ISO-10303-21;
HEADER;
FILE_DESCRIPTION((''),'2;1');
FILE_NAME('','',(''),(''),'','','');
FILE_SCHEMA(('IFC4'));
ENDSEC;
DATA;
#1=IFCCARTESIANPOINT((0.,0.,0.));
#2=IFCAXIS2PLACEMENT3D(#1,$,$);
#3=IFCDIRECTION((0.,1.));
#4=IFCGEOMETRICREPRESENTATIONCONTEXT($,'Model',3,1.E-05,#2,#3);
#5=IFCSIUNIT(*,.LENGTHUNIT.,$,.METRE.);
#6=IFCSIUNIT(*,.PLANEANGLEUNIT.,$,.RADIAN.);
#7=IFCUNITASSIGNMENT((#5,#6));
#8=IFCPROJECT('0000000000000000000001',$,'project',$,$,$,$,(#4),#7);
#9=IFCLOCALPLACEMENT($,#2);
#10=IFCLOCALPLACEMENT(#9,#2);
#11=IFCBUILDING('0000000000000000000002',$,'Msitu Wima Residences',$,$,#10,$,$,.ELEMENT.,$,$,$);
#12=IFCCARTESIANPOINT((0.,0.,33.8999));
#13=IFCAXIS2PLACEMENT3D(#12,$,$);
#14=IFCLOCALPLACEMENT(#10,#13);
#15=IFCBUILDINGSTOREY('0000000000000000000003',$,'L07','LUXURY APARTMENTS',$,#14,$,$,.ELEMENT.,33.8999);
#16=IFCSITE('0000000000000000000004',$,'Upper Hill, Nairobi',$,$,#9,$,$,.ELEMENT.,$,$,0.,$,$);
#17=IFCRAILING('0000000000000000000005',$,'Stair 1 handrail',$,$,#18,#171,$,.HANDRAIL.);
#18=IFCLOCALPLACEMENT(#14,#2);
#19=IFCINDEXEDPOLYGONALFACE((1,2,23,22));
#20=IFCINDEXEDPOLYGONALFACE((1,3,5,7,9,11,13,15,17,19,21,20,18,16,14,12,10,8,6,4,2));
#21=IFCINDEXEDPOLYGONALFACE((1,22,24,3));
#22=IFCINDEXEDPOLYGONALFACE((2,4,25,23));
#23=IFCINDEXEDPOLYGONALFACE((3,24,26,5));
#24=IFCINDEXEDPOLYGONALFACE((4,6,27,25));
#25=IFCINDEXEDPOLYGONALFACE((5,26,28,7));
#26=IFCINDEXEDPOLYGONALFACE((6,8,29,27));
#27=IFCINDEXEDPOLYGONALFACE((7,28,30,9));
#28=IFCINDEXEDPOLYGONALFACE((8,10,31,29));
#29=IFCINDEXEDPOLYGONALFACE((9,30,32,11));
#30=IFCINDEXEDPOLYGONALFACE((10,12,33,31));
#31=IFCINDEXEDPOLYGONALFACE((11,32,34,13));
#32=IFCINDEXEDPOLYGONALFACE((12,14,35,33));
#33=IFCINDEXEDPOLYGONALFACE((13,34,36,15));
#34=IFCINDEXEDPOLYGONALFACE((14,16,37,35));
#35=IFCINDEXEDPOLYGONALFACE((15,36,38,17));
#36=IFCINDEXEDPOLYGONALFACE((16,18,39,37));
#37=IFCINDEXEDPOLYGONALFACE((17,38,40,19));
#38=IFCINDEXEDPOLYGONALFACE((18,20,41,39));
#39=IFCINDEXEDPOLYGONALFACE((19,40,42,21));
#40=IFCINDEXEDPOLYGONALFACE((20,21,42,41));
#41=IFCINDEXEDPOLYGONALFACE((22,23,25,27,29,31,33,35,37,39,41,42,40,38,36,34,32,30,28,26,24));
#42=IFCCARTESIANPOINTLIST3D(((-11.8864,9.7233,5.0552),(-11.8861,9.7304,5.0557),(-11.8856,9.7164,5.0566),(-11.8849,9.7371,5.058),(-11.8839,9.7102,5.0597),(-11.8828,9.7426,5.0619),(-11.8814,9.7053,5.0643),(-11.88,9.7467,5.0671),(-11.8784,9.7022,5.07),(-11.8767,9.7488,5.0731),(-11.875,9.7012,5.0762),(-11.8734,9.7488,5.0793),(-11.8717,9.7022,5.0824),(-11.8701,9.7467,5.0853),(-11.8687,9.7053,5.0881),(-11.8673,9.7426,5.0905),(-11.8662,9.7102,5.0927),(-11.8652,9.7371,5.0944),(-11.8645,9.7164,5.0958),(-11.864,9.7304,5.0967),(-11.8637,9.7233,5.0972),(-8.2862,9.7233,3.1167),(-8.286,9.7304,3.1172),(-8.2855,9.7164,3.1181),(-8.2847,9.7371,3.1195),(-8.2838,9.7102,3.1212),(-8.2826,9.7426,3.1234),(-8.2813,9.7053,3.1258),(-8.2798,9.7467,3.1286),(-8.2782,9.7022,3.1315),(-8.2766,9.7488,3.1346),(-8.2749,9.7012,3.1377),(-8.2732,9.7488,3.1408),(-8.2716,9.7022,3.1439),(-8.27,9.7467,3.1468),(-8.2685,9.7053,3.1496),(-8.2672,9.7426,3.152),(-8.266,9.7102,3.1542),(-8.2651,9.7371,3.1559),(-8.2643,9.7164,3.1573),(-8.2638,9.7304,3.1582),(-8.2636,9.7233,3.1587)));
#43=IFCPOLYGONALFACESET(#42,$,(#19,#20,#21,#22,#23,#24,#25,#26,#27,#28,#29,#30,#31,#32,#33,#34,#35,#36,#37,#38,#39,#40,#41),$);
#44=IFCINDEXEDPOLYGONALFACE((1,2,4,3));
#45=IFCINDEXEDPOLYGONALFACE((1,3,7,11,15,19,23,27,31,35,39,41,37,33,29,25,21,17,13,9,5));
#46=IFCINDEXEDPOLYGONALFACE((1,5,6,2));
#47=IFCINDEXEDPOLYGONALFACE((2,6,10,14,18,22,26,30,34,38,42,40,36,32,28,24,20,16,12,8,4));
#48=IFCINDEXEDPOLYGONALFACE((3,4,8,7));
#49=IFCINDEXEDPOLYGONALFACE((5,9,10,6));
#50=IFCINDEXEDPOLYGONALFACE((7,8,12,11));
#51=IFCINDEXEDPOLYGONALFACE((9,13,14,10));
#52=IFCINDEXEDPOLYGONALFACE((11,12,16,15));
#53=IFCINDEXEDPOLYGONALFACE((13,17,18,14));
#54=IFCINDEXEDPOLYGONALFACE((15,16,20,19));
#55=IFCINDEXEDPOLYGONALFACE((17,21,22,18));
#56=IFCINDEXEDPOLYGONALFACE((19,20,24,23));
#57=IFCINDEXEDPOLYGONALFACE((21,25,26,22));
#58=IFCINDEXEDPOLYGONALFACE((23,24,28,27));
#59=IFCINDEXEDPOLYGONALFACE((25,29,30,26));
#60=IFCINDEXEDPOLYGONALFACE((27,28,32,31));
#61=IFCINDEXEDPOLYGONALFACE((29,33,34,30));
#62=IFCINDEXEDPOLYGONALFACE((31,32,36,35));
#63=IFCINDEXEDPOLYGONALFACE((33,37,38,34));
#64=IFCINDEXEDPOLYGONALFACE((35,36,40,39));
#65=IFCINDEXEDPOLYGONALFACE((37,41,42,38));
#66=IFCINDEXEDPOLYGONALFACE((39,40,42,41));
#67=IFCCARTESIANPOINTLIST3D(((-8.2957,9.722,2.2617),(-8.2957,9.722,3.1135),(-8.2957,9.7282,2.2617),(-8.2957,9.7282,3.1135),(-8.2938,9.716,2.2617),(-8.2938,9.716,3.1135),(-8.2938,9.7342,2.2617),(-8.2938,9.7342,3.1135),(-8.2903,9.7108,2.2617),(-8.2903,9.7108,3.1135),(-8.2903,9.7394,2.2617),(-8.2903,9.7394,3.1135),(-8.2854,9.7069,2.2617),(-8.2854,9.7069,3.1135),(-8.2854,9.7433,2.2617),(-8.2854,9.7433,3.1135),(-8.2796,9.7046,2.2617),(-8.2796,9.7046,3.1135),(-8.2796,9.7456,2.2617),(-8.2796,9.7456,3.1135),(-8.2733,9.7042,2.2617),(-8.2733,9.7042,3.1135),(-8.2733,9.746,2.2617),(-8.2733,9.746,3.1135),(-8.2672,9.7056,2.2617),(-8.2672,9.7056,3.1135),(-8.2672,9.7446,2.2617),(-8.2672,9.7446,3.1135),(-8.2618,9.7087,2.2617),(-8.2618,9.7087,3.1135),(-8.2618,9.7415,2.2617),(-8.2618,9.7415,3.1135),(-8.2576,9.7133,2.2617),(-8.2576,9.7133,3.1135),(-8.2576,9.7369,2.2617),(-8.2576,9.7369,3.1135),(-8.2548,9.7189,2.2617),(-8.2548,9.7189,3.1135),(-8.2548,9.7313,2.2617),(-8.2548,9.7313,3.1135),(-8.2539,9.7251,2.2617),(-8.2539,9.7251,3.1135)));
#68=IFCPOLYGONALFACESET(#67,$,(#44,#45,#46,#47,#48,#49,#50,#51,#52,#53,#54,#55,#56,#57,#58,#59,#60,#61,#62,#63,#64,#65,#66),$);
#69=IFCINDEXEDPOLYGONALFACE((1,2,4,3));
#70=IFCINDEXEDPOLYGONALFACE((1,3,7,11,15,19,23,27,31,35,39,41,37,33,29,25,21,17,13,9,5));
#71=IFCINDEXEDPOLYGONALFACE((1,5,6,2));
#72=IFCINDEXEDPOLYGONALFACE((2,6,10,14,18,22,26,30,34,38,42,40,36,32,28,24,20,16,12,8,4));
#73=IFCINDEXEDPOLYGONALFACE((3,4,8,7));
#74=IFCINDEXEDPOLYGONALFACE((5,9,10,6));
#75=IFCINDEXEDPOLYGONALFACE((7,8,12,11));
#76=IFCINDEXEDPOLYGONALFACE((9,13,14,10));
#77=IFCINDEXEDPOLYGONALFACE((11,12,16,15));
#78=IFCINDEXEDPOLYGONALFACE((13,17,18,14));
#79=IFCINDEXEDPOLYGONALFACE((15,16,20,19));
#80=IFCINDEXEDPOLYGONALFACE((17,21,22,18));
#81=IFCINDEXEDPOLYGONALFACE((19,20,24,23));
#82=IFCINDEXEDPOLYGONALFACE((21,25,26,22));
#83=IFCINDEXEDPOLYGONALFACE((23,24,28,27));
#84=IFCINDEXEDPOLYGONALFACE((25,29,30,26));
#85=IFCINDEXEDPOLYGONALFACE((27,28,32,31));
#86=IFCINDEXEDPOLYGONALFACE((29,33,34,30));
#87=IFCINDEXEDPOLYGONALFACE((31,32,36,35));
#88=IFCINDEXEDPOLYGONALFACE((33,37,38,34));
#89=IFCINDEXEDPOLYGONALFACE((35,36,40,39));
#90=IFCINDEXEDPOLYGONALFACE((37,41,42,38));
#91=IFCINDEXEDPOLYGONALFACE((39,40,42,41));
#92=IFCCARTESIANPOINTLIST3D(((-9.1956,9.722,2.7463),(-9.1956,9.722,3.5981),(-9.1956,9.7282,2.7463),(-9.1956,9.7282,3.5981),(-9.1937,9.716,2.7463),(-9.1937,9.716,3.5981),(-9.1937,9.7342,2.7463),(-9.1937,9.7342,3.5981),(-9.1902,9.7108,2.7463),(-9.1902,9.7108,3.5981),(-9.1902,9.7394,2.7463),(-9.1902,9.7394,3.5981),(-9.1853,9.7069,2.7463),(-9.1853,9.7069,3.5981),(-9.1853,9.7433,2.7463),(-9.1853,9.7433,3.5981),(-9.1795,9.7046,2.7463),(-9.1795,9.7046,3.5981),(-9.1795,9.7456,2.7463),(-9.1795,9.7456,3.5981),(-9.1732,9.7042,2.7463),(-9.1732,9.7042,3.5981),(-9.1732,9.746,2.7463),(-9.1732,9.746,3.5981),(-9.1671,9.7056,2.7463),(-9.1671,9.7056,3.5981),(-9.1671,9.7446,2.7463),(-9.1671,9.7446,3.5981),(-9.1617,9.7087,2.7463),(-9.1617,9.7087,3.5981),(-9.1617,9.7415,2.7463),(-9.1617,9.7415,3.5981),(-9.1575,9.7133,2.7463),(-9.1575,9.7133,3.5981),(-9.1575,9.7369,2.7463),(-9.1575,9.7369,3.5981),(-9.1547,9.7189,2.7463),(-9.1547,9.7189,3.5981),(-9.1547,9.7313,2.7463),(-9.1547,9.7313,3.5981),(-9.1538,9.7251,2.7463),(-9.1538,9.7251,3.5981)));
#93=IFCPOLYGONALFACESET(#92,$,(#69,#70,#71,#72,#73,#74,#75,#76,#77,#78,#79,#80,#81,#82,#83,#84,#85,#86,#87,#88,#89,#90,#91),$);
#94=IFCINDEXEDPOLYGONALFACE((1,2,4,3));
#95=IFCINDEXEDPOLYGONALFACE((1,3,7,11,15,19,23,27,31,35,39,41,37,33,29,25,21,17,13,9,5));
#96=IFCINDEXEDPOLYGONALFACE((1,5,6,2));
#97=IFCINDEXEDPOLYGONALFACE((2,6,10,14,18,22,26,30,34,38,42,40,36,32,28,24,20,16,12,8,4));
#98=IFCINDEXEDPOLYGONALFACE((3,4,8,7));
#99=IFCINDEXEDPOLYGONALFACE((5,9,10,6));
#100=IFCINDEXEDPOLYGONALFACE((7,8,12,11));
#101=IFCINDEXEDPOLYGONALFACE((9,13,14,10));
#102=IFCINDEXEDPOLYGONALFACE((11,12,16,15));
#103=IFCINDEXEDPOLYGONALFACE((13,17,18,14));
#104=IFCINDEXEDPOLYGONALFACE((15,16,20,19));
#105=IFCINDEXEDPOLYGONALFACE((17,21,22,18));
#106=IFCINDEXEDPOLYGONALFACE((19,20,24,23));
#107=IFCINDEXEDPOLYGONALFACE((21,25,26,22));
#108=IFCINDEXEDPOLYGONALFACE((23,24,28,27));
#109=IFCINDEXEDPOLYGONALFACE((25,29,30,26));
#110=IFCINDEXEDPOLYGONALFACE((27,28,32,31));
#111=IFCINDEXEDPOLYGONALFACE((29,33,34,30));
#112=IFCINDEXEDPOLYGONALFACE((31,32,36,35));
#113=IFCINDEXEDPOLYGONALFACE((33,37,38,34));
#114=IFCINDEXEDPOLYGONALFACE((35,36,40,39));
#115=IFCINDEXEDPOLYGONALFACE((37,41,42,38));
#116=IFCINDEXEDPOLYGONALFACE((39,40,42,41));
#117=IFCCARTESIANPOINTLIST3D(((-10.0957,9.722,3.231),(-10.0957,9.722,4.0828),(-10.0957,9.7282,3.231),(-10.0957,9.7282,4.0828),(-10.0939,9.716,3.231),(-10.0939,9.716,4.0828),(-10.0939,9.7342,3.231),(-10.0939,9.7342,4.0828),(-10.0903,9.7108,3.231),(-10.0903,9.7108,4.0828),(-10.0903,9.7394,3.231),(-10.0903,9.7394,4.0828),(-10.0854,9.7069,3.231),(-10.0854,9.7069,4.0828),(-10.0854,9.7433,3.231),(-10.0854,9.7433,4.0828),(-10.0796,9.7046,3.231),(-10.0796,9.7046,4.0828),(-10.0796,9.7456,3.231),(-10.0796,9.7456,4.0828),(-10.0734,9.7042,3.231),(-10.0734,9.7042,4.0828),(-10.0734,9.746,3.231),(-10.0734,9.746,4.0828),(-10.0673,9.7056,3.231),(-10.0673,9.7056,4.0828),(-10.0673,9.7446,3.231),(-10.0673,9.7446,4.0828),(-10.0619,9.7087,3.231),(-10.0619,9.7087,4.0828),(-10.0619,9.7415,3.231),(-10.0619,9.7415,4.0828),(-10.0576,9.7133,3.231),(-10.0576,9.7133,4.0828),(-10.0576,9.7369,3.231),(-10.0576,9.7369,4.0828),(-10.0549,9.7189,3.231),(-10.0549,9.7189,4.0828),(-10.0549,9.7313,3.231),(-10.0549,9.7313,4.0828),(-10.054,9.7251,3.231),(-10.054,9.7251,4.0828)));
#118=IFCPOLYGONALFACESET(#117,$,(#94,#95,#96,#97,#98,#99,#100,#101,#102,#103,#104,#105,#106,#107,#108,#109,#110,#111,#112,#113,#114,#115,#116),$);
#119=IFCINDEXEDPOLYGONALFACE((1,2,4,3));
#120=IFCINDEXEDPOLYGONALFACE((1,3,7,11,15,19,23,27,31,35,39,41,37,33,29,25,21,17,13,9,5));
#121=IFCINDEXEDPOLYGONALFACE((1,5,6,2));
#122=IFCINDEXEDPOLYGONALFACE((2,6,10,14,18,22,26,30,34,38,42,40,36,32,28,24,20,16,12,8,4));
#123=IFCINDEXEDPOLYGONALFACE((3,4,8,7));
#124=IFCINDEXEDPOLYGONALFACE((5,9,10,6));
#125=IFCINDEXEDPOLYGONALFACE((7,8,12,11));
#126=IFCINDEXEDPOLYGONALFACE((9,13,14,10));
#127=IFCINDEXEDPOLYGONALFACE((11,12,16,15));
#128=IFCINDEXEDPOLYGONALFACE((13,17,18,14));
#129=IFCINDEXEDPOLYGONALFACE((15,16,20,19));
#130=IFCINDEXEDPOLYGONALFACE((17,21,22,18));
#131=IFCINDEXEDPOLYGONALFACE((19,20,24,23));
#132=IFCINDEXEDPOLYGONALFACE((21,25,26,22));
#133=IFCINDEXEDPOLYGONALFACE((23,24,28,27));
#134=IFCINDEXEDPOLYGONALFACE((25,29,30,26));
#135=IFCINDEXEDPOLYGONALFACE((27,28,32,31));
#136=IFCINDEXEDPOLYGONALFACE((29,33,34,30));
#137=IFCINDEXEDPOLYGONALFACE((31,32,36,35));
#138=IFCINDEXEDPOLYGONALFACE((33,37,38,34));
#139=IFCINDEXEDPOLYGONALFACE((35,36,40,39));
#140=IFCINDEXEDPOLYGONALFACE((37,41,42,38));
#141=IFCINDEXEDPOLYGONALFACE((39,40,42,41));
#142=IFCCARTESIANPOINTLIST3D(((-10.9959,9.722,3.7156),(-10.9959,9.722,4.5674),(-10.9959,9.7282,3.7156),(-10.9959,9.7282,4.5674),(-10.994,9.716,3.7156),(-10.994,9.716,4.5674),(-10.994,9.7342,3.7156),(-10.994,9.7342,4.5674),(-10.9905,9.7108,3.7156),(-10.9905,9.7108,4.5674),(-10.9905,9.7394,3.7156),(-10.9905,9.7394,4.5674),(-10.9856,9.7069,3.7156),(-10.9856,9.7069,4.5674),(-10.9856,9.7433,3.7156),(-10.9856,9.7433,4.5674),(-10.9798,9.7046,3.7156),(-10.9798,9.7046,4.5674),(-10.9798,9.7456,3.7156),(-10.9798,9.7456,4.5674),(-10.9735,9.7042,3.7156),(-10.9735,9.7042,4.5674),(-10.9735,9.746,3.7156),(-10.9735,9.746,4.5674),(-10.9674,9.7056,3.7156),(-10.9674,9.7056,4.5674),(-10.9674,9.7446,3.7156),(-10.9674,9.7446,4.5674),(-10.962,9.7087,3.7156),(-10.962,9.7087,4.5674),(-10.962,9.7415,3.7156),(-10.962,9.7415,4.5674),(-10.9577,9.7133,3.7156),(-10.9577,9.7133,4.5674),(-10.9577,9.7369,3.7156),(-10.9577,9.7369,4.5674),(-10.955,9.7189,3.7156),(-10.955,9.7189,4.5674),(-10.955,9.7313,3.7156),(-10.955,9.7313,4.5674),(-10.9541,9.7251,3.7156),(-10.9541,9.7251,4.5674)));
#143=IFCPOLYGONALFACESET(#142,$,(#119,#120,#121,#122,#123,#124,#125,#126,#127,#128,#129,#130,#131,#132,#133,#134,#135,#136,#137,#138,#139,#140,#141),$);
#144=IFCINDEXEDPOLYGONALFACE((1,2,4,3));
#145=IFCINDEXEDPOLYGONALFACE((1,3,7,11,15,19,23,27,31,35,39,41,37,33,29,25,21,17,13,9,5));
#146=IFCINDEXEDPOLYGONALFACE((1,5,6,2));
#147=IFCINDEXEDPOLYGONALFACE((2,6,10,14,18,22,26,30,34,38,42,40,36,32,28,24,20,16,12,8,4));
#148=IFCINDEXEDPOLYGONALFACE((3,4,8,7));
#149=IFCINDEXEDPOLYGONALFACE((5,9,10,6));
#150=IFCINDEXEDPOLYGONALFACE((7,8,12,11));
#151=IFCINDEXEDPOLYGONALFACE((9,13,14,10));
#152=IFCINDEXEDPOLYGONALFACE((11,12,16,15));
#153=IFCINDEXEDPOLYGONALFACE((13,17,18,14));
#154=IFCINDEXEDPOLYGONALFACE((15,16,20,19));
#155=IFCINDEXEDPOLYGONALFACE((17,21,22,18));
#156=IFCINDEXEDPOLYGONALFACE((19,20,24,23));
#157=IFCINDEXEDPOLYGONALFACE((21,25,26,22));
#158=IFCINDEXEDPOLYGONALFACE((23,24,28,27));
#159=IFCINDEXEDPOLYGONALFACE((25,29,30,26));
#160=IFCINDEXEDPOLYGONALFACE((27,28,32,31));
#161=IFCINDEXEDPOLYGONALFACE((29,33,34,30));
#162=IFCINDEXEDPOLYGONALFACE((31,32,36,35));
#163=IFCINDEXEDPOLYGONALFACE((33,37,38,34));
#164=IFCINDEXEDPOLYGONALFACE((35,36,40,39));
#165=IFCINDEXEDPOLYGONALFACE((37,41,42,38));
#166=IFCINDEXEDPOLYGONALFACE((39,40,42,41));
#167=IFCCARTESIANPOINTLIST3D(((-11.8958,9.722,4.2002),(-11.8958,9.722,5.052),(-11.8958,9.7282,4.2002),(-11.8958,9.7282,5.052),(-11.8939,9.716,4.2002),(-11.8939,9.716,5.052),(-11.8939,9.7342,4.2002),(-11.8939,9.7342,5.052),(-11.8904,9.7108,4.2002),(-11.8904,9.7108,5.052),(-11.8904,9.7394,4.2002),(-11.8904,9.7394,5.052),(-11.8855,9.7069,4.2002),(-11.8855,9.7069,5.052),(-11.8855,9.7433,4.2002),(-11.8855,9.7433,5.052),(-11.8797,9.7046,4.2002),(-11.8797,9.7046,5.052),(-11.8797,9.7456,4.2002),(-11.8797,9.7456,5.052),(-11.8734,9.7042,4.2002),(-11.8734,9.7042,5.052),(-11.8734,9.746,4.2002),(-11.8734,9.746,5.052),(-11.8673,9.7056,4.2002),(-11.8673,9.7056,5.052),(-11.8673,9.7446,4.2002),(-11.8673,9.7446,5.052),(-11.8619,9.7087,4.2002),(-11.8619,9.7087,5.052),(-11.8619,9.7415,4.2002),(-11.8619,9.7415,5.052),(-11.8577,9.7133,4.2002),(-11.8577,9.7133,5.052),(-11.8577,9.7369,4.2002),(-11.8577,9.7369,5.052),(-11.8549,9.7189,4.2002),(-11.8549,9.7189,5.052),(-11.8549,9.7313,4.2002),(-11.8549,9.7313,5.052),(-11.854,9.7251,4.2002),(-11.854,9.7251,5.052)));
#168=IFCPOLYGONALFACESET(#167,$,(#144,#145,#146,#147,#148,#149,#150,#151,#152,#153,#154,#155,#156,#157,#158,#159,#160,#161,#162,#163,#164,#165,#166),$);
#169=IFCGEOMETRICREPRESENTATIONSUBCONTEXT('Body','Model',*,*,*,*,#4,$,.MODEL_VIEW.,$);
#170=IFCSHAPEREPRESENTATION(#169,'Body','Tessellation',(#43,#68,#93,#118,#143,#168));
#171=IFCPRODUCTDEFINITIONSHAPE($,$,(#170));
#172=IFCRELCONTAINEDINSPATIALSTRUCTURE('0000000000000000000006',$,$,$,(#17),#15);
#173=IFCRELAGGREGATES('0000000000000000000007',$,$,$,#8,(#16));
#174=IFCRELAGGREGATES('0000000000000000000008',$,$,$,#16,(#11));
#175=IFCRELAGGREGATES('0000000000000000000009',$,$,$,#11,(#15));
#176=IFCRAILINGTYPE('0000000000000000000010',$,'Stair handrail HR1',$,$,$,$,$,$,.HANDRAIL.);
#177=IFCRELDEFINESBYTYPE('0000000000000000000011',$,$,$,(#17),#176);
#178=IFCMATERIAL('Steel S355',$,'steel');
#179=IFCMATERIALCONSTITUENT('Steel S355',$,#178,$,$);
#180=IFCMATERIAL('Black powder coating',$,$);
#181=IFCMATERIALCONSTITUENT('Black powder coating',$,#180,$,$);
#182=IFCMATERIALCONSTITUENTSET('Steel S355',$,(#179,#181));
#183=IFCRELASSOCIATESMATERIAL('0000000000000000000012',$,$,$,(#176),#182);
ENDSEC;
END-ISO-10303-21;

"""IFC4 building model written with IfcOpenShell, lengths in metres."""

from ifc_helpers import new_model, si_unit, direction, frame, origin, origin_2d, place, context, subcontext, project, spatial, circle, extrude, material, constituent, constituent_set, type_object, element, save


model = new_model("IFC4")

# Units and contexts
model_context = context("Model", 3, precision=1e-05, world=origin(), true_north=direction((0.0, 1.0)))
body_context = subcontext(model_context, "Body", "Model", "MODEL_VIEW")
ifc_project = project(units=[si_unit("LENGTHUNIT", "METRE"), si_unit("PLANEANGLEUNIT", "RADIAN")], contexts=[model_context])

# Site, building, storey
site_placement = place(None, origin())
site = spatial("IfcSite", under=ifc_project, at=site_placement, Name="Upper Hill, Nairobi", CompositionType="ELEMENT", RefElevation=0.0)
building_placement = place(site_placement, origin())
building = spatial("IfcBuilding", under=site, at=building_placement, Name="Msitu Wima Residences", CompositionType="ELEMENT")
storey_placement = place(building_placement, frame((0.0, 0.0, 33.8999)))
storey = spatial("IfcBuildingStorey", under=building, at=storey_placement, Name="L07", Description="LUXURY APARTMENTS", CompositionType="ELEMENT", Elevation=33.8999)

# Railing
ifc_material_1 = material(Name="Steel S355", Category="steel")
ifc_constituent_1 = constituent(ifc_material_1, Name="Steel S355")
ifc_material_2 = material(Name="Black powder coating")
ifc_constituent_2 = constituent(ifc_material_2, Name="Black powder coating")
ifc_constituent_set_1 = constituent_set(constituents=[ifc_constituent_1, ifc_constituent_2], Name="Steel S355")
railing_type_1 = type_object("IfcRailingType", Name="Stair handrail HR1", PredefinedType="HANDRAIL", material=ifc_constituent_set_1)
for number, where, name in (
    (1, (-8.2749, 9.7251, 2.2617), "Stair 1 handrail"),
):
    element("IfcRailing", number, at=place(storey_placement, frame(where)), inside=storey, type_object=railing_type_1, Name=name, PredefinedType="HANDRAIL", context=body_context, shape_type="SweptSolid", body=[
        extrude(circle(Radius=0.0239, at=origin_2d()), frame((0.0, 0.0, 0.876), z_axis=(-0.880475, 0.0, 0.474093), x_axis=(0.0, -1.0, 0.0)), (0.0, 0.0, 1.0), 4.0889),
        extrude(circle(Radius=0.021, at=origin_2d()), origin(), (0.0, 0.0, 1.0), 0.8518),
        extrude(circle(Radius=0.021, at=origin_2d()), frame((-0.8999, 0.0, 0.4846)), (0.0, 0.0, 1.0), 0.8518),
        extrude(circle(Radius=0.021, at=origin_2d()), frame((-1.8, 0.0, 0.9692)), (0.0, 0.0, 1.0), 0.8518),
        extrude(circle(Radius=0.021, at=origin_2d()), frame((-2.7002, 0.0, 1.4539)), (0.0, 0.0, 1.0), 0.8518),
        extrude(circle(Radius=0.021, at=origin_2d()), frame((-3.6001, 0.0, 1.9385)), (0.0, 0.0, 1.0), 0.8518),
    ])

save(model, "model.ifc")
